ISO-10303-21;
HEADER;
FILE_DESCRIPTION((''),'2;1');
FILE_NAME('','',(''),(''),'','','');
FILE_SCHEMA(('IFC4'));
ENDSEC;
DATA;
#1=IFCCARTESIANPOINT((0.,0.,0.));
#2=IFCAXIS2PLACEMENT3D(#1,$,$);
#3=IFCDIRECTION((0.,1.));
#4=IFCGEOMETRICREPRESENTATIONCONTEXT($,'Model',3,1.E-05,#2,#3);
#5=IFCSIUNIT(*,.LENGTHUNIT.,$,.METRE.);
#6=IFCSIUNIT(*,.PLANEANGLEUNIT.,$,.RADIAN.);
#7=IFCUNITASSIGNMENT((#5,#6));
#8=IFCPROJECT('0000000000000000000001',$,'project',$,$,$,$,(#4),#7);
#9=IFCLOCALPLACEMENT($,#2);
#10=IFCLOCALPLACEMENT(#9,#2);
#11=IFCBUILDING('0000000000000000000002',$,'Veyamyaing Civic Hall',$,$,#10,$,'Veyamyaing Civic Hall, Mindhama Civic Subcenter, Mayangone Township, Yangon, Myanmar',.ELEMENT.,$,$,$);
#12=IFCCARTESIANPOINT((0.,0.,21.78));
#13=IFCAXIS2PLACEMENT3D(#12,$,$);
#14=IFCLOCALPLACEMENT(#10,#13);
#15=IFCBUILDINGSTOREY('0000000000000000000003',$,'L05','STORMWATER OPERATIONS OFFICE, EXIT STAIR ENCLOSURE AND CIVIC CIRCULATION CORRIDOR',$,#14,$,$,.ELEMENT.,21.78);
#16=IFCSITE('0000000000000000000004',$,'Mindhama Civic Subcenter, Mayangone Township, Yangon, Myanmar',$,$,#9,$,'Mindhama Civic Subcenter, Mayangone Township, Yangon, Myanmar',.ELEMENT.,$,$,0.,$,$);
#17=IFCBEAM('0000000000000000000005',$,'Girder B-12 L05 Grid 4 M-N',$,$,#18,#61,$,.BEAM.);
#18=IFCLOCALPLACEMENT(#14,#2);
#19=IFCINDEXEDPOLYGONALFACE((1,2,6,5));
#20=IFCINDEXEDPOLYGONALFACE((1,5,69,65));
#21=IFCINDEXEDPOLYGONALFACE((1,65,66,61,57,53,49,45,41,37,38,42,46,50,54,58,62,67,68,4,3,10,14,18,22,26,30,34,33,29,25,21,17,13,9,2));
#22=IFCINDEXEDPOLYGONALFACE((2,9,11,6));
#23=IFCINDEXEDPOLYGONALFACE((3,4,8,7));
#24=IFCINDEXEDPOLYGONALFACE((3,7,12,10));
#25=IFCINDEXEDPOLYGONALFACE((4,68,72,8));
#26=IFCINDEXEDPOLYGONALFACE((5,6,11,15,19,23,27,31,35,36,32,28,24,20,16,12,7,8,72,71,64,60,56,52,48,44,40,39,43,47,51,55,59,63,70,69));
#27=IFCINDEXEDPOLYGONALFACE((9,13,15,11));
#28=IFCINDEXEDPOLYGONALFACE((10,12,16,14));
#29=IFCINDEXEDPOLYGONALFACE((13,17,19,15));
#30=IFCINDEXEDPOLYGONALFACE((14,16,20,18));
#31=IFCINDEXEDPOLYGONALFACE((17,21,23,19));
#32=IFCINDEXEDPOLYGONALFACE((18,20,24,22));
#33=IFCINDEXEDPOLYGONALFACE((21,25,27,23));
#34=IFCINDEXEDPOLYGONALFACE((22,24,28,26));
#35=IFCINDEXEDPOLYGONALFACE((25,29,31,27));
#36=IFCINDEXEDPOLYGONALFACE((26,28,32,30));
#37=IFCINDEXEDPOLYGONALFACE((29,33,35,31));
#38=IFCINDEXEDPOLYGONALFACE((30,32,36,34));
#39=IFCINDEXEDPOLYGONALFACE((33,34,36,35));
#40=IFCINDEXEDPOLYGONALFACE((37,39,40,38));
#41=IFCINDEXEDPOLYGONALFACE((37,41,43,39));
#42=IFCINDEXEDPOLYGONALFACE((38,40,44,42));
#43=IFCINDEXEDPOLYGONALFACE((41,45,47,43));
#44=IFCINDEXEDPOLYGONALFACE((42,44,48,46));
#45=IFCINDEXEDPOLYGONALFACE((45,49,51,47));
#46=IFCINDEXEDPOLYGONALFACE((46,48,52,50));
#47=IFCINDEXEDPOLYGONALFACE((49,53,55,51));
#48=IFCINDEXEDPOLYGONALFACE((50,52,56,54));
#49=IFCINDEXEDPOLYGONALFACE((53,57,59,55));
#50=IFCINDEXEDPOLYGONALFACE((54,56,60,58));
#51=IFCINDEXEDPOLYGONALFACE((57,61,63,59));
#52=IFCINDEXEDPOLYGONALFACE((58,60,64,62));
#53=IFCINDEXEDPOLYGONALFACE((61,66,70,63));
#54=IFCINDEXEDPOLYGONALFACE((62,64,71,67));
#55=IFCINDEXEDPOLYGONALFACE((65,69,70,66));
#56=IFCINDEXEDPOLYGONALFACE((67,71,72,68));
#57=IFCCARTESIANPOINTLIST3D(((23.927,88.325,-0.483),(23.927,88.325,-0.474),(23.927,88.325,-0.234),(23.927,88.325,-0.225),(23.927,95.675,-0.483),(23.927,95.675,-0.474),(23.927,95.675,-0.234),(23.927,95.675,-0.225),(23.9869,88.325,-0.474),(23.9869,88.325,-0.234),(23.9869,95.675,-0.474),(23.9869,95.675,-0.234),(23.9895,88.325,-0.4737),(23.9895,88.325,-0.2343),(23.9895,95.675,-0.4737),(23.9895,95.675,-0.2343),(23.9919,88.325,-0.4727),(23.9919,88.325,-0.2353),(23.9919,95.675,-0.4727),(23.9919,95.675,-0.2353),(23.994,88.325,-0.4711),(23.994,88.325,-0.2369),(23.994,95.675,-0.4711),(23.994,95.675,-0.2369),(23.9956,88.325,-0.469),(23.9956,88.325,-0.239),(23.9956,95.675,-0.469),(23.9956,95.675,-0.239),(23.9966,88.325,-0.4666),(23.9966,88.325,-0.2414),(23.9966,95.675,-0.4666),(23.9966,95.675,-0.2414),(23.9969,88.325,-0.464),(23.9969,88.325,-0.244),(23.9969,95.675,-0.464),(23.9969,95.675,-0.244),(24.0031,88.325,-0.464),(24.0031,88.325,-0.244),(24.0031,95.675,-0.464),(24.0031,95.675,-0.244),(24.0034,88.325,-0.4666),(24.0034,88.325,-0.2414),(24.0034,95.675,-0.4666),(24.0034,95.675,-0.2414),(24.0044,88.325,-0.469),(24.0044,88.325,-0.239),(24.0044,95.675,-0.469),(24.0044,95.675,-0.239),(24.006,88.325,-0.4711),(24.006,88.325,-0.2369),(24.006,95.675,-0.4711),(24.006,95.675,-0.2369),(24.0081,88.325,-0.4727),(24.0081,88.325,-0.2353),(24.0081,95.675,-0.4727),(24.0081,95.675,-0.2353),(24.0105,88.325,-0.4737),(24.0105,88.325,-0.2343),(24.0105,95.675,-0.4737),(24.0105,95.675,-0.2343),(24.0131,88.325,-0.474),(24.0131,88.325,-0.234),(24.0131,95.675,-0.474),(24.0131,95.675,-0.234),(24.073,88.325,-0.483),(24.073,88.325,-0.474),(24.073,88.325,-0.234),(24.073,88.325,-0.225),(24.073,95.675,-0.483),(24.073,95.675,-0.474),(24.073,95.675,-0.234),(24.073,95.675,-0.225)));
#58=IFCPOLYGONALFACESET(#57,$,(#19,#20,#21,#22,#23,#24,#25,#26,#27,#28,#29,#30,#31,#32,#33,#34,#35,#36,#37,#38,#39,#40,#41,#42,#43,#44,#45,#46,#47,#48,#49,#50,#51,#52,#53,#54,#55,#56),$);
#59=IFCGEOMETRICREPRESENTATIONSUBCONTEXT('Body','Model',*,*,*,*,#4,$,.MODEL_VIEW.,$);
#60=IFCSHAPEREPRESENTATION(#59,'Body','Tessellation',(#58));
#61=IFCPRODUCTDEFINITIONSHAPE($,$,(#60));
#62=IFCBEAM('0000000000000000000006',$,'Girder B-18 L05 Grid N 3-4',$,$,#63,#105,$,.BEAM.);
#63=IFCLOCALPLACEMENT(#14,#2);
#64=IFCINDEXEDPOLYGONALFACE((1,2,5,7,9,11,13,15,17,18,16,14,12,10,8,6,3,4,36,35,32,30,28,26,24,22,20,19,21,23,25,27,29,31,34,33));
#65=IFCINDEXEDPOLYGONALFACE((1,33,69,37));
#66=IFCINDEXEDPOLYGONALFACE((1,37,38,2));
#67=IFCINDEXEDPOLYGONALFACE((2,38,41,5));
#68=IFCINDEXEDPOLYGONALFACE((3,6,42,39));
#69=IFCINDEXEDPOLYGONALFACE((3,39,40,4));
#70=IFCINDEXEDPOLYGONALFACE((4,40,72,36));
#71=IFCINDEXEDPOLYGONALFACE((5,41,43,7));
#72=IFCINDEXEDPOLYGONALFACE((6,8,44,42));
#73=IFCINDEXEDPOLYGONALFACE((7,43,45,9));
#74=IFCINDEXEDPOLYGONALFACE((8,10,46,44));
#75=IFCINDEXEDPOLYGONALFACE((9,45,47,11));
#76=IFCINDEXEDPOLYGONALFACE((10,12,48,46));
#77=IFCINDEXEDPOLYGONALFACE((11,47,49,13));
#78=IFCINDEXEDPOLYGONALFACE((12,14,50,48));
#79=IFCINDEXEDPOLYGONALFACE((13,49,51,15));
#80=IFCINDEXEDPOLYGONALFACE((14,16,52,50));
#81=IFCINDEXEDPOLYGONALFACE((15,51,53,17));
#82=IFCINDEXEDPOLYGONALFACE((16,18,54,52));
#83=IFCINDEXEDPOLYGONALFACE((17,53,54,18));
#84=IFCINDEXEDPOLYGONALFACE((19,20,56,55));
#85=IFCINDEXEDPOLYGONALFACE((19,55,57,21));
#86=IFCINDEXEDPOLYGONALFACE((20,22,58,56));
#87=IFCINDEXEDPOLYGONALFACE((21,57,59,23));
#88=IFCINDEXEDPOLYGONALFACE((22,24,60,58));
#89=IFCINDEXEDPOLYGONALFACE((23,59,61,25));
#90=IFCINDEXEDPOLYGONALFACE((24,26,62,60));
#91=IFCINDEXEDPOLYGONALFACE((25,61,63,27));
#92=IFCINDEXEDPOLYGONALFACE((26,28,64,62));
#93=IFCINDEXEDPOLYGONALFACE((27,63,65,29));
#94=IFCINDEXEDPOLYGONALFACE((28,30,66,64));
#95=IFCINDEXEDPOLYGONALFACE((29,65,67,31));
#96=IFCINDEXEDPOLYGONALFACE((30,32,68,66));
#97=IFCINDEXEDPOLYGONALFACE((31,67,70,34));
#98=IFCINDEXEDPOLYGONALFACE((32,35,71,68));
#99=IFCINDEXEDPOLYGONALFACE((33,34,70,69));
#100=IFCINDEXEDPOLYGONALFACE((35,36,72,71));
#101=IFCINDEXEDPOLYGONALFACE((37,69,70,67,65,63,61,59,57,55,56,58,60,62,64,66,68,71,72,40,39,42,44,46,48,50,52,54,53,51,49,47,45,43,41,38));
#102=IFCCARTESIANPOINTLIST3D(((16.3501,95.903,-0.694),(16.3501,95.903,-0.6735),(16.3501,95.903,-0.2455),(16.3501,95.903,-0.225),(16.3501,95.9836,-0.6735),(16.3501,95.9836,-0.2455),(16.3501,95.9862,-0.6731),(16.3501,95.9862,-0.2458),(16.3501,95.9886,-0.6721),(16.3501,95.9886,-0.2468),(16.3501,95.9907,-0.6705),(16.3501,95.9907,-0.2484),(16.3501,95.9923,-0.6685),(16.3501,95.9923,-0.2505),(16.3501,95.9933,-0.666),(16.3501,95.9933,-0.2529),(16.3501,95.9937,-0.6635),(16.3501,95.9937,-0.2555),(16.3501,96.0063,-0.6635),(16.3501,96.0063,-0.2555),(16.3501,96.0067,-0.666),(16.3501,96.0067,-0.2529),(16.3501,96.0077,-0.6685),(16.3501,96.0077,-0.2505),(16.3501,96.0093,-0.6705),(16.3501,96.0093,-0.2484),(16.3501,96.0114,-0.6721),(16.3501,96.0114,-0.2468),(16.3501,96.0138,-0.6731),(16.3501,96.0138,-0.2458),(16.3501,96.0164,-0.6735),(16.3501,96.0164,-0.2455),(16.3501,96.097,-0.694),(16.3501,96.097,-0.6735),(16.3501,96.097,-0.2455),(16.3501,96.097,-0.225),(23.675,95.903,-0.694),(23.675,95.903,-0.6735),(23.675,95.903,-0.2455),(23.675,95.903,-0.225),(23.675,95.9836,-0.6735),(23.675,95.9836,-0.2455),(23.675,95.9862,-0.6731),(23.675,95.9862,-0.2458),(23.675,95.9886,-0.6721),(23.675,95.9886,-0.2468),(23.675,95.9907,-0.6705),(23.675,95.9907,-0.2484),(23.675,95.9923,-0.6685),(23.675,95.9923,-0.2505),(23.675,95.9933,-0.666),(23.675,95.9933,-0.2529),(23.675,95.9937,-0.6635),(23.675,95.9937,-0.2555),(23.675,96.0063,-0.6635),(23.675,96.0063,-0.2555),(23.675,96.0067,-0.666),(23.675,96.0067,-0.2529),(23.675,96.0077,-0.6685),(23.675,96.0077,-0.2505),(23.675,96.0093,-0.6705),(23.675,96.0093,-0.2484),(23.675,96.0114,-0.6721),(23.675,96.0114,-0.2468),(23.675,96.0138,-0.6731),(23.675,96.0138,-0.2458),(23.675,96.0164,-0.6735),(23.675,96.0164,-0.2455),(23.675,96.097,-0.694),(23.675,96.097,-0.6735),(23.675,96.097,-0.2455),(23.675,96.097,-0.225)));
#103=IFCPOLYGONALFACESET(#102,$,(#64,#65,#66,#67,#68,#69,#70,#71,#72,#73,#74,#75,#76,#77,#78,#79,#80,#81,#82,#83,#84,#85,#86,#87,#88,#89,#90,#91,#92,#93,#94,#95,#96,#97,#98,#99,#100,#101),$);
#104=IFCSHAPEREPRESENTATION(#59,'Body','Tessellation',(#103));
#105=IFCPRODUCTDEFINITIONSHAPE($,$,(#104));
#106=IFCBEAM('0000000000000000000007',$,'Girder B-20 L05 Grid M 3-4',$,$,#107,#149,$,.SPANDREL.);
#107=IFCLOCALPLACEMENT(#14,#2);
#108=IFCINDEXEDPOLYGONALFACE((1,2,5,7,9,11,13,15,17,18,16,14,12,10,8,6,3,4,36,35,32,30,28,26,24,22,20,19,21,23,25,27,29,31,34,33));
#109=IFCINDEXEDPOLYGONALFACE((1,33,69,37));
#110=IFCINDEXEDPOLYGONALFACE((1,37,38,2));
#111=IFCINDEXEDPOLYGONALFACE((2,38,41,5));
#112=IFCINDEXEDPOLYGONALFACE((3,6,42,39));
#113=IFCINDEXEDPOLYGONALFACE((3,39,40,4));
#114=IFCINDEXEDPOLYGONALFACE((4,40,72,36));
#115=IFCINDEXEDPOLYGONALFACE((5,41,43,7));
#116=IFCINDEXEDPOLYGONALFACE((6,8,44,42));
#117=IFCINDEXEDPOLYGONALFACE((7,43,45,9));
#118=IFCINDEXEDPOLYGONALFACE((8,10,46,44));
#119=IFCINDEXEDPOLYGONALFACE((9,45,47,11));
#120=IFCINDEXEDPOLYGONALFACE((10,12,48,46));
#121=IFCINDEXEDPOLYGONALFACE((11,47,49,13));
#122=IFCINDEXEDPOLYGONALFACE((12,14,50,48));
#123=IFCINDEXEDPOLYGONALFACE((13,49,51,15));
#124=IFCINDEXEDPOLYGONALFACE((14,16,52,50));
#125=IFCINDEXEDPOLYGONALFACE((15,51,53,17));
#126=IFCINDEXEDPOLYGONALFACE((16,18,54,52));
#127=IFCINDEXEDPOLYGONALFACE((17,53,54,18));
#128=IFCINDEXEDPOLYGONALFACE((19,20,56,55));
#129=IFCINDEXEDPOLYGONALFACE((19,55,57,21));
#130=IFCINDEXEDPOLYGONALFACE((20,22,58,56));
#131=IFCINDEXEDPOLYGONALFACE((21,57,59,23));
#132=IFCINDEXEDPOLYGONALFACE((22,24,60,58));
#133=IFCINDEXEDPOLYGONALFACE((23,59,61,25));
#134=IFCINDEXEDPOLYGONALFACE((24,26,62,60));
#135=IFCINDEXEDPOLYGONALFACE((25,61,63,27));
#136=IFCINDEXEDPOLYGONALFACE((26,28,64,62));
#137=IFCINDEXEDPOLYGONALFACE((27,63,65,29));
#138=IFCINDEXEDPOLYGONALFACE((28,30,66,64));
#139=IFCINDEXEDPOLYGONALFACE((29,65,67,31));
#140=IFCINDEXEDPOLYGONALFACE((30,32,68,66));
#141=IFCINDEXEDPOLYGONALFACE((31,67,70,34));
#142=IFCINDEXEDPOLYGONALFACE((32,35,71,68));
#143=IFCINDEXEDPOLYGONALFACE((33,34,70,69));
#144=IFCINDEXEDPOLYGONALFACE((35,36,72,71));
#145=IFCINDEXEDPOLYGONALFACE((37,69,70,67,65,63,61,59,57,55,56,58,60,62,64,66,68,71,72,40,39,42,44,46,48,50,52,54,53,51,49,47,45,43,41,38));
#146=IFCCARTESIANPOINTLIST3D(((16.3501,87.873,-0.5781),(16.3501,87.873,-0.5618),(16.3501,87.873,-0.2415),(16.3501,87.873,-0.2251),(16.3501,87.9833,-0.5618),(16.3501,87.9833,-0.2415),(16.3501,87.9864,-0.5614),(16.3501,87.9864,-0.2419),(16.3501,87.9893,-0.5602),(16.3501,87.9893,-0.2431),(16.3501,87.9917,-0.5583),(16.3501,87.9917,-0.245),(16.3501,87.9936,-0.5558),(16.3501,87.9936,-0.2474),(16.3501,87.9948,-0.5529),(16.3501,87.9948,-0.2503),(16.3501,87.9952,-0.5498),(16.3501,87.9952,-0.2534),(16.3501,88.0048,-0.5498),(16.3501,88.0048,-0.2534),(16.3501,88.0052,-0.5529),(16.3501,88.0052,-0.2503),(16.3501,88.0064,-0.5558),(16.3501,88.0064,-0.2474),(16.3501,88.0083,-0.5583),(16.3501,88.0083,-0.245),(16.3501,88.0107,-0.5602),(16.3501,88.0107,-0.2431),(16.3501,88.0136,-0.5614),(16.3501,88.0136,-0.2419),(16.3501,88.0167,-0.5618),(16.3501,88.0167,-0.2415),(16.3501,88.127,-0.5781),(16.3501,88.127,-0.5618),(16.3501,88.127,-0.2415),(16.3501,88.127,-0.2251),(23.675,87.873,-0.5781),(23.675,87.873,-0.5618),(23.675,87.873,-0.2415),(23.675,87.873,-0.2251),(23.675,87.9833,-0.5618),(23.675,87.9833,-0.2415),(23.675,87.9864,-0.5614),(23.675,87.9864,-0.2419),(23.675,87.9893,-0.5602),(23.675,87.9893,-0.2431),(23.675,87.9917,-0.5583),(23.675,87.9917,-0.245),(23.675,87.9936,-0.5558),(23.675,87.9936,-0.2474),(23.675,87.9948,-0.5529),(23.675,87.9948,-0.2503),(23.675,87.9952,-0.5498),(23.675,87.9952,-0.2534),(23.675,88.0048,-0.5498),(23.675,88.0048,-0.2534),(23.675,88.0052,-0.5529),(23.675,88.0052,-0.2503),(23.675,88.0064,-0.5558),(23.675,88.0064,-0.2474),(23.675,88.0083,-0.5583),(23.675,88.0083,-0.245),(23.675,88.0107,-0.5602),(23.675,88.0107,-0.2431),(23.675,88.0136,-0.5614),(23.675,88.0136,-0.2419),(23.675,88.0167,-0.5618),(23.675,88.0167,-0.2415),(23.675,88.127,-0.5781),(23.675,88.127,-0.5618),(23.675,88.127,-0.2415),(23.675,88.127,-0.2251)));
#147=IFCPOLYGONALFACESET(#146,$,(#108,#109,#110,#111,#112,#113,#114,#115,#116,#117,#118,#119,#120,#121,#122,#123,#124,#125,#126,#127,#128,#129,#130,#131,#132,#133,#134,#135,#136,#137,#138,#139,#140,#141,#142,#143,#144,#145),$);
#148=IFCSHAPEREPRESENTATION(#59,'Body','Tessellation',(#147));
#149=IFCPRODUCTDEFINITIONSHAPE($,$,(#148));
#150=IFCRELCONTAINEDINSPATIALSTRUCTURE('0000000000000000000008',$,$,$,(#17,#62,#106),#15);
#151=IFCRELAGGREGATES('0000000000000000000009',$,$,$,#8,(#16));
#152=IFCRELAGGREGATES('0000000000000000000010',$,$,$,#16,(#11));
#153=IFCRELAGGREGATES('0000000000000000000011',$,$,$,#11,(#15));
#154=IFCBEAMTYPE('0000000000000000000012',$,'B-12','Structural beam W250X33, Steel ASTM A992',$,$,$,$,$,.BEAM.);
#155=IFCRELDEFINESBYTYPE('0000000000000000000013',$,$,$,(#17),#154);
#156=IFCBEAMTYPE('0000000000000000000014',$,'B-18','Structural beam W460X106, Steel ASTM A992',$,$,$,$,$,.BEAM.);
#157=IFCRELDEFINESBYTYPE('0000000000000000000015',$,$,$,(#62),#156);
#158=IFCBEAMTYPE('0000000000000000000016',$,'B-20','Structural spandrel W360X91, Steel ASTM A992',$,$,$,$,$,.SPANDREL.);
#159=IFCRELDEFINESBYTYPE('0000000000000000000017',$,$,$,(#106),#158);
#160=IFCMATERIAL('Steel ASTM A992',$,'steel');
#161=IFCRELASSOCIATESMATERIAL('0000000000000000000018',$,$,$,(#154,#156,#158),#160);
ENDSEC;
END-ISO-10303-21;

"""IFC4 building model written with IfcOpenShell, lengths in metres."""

from ifc_helpers import new_model, si_unit, direction, frame, origin, origin_2d, place, context, subcontext, project, spatial, i_section, extrude, material, material_profile, profile_set, type_object, element, save


model = new_model("IFC4")

# Units and contexts
model_context = context("Model", 3, precision=1e-05, world=origin(), true_north=direction((0.0, 1.0)))
body_context = subcontext(model_context, "Body", "Model", "MODEL_VIEW")
ifc_project = project(units=[si_unit("LENGTHUNIT", "METRE"), si_unit("PLANEANGLEUNIT", "RADIAN")], contexts=[model_context])

# Site, building, storey
site_placement = place(None, origin())
site = spatial("IfcSite", under=ifc_project, at=site_placement, Name="Mindhama Civic Subcenter, Mayangone Township, Yangon, Myanmar", LongName="Mindhama Civic Subcenter, Mayangone Township, Yangon, Myanmar", CompositionType="ELEMENT", RefElevation=0.0)
building_placement = place(site_placement, origin())
building = spatial("IfcBuilding", under=site, at=building_placement, Name="Veyamyaing Civic Hall", LongName="Veyamyaing Civic Hall, Mindhama Civic Subcenter, Mayangone Township, Yangon, Myanmar", CompositionType="ELEMENT")
storey_placement = place(building_placement, frame((0.0, 0.0, 21.78)))
storey = spatial("IfcBuildingStorey", under=building, at=storey_placement, Name="L05", Description="STORMWATER OPERATIONS OFFICE, EXIT STAIR ENCLOSURE AND CIVIC CIRCULATION CORRIDOR", CompositionType="ELEMENT", Elevation=21.78)

# Beams
ifc_material_1 = material(Name="Steel ASTM A992", Category="steel")
ifc_material_profile_1 = material_profile(ifc_material_1, i_section(OverallWidth=0.146, OverallDepth=0.2581, WebThickness=0.0061, FlangeThickness=0.009, FilletRadius=0.01, at=origin_2d()), Name="W250X33")
ifc_profile_set_1 = profile_set([ifc_material_profile_1], Name="Steel ASTM A992")
beam_type_1 = type_object("IfcBeamType", Name="B-12", Description="Structural beam W250X33, Steel ASTM A992", PredefinedType="BEAM", material=ifc_profile_set_1)
beam_1_placement = place(storey_placement, frame((24.0, 88.325, -0.354), z_axis=(0.0, 1.0, 0.0), x_axis=(-1.0, 0.0, 0.0)))
element("IfcBeam", 1, at=beam_1_placement, inside=storey, type_object=beam_type_1, Name="Girder B-12 L05 Grid 4 M-N", PredefinedType="BEAM", context=body_context, shape_type="SweptSolid", body=[
    extrude(i_section(OverallWidth=0.146, OverallDepth=0.2581, WebThickness=0.0061, FlangeThickness=0.009, FilletRadius=0.01, at=origin_2d()), origin(), (0.0, 0.0, 1.0), 7.3501),
])
ifc_material_profile_2 = material_profile(ifc_material_1, i_section(OverallWidth=0.1941, OverallDepth=0.469, WebThickness=0.0127, FlangeThickness=0.0205, FilletRadius=0.01, at=origin_2d()), Name="W460X106")
ifc_profile_set_2 = profile_set([ifc_material_profile_2], Name="Steel ASTM A992")
beam_type_2 = type_object("IfcBeamType", Name="B-18", Description="Structural beam W460X106, Steel ASTM A992", PredefinedType="BEAM", material=ifc_profile_set_2)
beam_2_placement = place(storey_placement, frame((16.3501, 96.0, -0.4595), z_axis=(1.0, 0.0, 0.0), x_axis=(0.0, 1.0, 0.0)))
element("IfcBeam", 2, at=beam_2_placement, inside=storey, type_object=beam_type_2, Name="Girder B-18 L05 Grid N 3-4", PredefinedType="BEAM", context=body_context, shape_type="SweptSolid", body=[
    extrude(i_section(OverallWidth=0.1941, OverallDepth=0.469, WebThickness=0.0127, FlangeThickness=0.0205, FilletRadius=0.01, at=origin_2d()), origin(), (0.0, 0.0, 1.0), 7.325),
])
ifc_material_profile_3 = material_profile(ifc_material_1, i_section(OverallWidth=0.2539, OverallDepth=0.353, WebThickness=0.0095, FlangeThickness=0.0164, FilletRadius=0.012, at=origin_2d()), Name="W360X91")
ifc_profile_set_3 = profile_set([ifc_material_profile_3], Name="Steel ASTM A992")
beam_type_3 = type_object("IfcBeamType", Name="B-20", Description="Structural spandrel W360X91, Steel ASTM A992", PredefinedType="SPANDREL", material=ifc_profile_set_3)
beam_3_placement = place(storey_placement, frame((16.3501, 88.0, -0.4016), z_axis=(1.0, 0.0, 0.0), x_axis=(0.0, 1.0, 0.0)))
element("IfcBeam", 3, at=beam_3_placement, inside=storey, type_object=beam_type_3, Name="Girder B-20 L05 Grid M 3-4", PredefinedType="SPANDREL", context=body_context, shape_type="SweptSolid", body=[
    extrude(i_section(OverallWidth=0.2539, OverallDepth=0.353, WebThickness=0.0095, FlangeThickness=0.0164, FilletRadius=0.012, at=origin_2d()), origin(), (0.0, 0.0, 1.0), 7.325),
])

save(model, "model.ifc")
